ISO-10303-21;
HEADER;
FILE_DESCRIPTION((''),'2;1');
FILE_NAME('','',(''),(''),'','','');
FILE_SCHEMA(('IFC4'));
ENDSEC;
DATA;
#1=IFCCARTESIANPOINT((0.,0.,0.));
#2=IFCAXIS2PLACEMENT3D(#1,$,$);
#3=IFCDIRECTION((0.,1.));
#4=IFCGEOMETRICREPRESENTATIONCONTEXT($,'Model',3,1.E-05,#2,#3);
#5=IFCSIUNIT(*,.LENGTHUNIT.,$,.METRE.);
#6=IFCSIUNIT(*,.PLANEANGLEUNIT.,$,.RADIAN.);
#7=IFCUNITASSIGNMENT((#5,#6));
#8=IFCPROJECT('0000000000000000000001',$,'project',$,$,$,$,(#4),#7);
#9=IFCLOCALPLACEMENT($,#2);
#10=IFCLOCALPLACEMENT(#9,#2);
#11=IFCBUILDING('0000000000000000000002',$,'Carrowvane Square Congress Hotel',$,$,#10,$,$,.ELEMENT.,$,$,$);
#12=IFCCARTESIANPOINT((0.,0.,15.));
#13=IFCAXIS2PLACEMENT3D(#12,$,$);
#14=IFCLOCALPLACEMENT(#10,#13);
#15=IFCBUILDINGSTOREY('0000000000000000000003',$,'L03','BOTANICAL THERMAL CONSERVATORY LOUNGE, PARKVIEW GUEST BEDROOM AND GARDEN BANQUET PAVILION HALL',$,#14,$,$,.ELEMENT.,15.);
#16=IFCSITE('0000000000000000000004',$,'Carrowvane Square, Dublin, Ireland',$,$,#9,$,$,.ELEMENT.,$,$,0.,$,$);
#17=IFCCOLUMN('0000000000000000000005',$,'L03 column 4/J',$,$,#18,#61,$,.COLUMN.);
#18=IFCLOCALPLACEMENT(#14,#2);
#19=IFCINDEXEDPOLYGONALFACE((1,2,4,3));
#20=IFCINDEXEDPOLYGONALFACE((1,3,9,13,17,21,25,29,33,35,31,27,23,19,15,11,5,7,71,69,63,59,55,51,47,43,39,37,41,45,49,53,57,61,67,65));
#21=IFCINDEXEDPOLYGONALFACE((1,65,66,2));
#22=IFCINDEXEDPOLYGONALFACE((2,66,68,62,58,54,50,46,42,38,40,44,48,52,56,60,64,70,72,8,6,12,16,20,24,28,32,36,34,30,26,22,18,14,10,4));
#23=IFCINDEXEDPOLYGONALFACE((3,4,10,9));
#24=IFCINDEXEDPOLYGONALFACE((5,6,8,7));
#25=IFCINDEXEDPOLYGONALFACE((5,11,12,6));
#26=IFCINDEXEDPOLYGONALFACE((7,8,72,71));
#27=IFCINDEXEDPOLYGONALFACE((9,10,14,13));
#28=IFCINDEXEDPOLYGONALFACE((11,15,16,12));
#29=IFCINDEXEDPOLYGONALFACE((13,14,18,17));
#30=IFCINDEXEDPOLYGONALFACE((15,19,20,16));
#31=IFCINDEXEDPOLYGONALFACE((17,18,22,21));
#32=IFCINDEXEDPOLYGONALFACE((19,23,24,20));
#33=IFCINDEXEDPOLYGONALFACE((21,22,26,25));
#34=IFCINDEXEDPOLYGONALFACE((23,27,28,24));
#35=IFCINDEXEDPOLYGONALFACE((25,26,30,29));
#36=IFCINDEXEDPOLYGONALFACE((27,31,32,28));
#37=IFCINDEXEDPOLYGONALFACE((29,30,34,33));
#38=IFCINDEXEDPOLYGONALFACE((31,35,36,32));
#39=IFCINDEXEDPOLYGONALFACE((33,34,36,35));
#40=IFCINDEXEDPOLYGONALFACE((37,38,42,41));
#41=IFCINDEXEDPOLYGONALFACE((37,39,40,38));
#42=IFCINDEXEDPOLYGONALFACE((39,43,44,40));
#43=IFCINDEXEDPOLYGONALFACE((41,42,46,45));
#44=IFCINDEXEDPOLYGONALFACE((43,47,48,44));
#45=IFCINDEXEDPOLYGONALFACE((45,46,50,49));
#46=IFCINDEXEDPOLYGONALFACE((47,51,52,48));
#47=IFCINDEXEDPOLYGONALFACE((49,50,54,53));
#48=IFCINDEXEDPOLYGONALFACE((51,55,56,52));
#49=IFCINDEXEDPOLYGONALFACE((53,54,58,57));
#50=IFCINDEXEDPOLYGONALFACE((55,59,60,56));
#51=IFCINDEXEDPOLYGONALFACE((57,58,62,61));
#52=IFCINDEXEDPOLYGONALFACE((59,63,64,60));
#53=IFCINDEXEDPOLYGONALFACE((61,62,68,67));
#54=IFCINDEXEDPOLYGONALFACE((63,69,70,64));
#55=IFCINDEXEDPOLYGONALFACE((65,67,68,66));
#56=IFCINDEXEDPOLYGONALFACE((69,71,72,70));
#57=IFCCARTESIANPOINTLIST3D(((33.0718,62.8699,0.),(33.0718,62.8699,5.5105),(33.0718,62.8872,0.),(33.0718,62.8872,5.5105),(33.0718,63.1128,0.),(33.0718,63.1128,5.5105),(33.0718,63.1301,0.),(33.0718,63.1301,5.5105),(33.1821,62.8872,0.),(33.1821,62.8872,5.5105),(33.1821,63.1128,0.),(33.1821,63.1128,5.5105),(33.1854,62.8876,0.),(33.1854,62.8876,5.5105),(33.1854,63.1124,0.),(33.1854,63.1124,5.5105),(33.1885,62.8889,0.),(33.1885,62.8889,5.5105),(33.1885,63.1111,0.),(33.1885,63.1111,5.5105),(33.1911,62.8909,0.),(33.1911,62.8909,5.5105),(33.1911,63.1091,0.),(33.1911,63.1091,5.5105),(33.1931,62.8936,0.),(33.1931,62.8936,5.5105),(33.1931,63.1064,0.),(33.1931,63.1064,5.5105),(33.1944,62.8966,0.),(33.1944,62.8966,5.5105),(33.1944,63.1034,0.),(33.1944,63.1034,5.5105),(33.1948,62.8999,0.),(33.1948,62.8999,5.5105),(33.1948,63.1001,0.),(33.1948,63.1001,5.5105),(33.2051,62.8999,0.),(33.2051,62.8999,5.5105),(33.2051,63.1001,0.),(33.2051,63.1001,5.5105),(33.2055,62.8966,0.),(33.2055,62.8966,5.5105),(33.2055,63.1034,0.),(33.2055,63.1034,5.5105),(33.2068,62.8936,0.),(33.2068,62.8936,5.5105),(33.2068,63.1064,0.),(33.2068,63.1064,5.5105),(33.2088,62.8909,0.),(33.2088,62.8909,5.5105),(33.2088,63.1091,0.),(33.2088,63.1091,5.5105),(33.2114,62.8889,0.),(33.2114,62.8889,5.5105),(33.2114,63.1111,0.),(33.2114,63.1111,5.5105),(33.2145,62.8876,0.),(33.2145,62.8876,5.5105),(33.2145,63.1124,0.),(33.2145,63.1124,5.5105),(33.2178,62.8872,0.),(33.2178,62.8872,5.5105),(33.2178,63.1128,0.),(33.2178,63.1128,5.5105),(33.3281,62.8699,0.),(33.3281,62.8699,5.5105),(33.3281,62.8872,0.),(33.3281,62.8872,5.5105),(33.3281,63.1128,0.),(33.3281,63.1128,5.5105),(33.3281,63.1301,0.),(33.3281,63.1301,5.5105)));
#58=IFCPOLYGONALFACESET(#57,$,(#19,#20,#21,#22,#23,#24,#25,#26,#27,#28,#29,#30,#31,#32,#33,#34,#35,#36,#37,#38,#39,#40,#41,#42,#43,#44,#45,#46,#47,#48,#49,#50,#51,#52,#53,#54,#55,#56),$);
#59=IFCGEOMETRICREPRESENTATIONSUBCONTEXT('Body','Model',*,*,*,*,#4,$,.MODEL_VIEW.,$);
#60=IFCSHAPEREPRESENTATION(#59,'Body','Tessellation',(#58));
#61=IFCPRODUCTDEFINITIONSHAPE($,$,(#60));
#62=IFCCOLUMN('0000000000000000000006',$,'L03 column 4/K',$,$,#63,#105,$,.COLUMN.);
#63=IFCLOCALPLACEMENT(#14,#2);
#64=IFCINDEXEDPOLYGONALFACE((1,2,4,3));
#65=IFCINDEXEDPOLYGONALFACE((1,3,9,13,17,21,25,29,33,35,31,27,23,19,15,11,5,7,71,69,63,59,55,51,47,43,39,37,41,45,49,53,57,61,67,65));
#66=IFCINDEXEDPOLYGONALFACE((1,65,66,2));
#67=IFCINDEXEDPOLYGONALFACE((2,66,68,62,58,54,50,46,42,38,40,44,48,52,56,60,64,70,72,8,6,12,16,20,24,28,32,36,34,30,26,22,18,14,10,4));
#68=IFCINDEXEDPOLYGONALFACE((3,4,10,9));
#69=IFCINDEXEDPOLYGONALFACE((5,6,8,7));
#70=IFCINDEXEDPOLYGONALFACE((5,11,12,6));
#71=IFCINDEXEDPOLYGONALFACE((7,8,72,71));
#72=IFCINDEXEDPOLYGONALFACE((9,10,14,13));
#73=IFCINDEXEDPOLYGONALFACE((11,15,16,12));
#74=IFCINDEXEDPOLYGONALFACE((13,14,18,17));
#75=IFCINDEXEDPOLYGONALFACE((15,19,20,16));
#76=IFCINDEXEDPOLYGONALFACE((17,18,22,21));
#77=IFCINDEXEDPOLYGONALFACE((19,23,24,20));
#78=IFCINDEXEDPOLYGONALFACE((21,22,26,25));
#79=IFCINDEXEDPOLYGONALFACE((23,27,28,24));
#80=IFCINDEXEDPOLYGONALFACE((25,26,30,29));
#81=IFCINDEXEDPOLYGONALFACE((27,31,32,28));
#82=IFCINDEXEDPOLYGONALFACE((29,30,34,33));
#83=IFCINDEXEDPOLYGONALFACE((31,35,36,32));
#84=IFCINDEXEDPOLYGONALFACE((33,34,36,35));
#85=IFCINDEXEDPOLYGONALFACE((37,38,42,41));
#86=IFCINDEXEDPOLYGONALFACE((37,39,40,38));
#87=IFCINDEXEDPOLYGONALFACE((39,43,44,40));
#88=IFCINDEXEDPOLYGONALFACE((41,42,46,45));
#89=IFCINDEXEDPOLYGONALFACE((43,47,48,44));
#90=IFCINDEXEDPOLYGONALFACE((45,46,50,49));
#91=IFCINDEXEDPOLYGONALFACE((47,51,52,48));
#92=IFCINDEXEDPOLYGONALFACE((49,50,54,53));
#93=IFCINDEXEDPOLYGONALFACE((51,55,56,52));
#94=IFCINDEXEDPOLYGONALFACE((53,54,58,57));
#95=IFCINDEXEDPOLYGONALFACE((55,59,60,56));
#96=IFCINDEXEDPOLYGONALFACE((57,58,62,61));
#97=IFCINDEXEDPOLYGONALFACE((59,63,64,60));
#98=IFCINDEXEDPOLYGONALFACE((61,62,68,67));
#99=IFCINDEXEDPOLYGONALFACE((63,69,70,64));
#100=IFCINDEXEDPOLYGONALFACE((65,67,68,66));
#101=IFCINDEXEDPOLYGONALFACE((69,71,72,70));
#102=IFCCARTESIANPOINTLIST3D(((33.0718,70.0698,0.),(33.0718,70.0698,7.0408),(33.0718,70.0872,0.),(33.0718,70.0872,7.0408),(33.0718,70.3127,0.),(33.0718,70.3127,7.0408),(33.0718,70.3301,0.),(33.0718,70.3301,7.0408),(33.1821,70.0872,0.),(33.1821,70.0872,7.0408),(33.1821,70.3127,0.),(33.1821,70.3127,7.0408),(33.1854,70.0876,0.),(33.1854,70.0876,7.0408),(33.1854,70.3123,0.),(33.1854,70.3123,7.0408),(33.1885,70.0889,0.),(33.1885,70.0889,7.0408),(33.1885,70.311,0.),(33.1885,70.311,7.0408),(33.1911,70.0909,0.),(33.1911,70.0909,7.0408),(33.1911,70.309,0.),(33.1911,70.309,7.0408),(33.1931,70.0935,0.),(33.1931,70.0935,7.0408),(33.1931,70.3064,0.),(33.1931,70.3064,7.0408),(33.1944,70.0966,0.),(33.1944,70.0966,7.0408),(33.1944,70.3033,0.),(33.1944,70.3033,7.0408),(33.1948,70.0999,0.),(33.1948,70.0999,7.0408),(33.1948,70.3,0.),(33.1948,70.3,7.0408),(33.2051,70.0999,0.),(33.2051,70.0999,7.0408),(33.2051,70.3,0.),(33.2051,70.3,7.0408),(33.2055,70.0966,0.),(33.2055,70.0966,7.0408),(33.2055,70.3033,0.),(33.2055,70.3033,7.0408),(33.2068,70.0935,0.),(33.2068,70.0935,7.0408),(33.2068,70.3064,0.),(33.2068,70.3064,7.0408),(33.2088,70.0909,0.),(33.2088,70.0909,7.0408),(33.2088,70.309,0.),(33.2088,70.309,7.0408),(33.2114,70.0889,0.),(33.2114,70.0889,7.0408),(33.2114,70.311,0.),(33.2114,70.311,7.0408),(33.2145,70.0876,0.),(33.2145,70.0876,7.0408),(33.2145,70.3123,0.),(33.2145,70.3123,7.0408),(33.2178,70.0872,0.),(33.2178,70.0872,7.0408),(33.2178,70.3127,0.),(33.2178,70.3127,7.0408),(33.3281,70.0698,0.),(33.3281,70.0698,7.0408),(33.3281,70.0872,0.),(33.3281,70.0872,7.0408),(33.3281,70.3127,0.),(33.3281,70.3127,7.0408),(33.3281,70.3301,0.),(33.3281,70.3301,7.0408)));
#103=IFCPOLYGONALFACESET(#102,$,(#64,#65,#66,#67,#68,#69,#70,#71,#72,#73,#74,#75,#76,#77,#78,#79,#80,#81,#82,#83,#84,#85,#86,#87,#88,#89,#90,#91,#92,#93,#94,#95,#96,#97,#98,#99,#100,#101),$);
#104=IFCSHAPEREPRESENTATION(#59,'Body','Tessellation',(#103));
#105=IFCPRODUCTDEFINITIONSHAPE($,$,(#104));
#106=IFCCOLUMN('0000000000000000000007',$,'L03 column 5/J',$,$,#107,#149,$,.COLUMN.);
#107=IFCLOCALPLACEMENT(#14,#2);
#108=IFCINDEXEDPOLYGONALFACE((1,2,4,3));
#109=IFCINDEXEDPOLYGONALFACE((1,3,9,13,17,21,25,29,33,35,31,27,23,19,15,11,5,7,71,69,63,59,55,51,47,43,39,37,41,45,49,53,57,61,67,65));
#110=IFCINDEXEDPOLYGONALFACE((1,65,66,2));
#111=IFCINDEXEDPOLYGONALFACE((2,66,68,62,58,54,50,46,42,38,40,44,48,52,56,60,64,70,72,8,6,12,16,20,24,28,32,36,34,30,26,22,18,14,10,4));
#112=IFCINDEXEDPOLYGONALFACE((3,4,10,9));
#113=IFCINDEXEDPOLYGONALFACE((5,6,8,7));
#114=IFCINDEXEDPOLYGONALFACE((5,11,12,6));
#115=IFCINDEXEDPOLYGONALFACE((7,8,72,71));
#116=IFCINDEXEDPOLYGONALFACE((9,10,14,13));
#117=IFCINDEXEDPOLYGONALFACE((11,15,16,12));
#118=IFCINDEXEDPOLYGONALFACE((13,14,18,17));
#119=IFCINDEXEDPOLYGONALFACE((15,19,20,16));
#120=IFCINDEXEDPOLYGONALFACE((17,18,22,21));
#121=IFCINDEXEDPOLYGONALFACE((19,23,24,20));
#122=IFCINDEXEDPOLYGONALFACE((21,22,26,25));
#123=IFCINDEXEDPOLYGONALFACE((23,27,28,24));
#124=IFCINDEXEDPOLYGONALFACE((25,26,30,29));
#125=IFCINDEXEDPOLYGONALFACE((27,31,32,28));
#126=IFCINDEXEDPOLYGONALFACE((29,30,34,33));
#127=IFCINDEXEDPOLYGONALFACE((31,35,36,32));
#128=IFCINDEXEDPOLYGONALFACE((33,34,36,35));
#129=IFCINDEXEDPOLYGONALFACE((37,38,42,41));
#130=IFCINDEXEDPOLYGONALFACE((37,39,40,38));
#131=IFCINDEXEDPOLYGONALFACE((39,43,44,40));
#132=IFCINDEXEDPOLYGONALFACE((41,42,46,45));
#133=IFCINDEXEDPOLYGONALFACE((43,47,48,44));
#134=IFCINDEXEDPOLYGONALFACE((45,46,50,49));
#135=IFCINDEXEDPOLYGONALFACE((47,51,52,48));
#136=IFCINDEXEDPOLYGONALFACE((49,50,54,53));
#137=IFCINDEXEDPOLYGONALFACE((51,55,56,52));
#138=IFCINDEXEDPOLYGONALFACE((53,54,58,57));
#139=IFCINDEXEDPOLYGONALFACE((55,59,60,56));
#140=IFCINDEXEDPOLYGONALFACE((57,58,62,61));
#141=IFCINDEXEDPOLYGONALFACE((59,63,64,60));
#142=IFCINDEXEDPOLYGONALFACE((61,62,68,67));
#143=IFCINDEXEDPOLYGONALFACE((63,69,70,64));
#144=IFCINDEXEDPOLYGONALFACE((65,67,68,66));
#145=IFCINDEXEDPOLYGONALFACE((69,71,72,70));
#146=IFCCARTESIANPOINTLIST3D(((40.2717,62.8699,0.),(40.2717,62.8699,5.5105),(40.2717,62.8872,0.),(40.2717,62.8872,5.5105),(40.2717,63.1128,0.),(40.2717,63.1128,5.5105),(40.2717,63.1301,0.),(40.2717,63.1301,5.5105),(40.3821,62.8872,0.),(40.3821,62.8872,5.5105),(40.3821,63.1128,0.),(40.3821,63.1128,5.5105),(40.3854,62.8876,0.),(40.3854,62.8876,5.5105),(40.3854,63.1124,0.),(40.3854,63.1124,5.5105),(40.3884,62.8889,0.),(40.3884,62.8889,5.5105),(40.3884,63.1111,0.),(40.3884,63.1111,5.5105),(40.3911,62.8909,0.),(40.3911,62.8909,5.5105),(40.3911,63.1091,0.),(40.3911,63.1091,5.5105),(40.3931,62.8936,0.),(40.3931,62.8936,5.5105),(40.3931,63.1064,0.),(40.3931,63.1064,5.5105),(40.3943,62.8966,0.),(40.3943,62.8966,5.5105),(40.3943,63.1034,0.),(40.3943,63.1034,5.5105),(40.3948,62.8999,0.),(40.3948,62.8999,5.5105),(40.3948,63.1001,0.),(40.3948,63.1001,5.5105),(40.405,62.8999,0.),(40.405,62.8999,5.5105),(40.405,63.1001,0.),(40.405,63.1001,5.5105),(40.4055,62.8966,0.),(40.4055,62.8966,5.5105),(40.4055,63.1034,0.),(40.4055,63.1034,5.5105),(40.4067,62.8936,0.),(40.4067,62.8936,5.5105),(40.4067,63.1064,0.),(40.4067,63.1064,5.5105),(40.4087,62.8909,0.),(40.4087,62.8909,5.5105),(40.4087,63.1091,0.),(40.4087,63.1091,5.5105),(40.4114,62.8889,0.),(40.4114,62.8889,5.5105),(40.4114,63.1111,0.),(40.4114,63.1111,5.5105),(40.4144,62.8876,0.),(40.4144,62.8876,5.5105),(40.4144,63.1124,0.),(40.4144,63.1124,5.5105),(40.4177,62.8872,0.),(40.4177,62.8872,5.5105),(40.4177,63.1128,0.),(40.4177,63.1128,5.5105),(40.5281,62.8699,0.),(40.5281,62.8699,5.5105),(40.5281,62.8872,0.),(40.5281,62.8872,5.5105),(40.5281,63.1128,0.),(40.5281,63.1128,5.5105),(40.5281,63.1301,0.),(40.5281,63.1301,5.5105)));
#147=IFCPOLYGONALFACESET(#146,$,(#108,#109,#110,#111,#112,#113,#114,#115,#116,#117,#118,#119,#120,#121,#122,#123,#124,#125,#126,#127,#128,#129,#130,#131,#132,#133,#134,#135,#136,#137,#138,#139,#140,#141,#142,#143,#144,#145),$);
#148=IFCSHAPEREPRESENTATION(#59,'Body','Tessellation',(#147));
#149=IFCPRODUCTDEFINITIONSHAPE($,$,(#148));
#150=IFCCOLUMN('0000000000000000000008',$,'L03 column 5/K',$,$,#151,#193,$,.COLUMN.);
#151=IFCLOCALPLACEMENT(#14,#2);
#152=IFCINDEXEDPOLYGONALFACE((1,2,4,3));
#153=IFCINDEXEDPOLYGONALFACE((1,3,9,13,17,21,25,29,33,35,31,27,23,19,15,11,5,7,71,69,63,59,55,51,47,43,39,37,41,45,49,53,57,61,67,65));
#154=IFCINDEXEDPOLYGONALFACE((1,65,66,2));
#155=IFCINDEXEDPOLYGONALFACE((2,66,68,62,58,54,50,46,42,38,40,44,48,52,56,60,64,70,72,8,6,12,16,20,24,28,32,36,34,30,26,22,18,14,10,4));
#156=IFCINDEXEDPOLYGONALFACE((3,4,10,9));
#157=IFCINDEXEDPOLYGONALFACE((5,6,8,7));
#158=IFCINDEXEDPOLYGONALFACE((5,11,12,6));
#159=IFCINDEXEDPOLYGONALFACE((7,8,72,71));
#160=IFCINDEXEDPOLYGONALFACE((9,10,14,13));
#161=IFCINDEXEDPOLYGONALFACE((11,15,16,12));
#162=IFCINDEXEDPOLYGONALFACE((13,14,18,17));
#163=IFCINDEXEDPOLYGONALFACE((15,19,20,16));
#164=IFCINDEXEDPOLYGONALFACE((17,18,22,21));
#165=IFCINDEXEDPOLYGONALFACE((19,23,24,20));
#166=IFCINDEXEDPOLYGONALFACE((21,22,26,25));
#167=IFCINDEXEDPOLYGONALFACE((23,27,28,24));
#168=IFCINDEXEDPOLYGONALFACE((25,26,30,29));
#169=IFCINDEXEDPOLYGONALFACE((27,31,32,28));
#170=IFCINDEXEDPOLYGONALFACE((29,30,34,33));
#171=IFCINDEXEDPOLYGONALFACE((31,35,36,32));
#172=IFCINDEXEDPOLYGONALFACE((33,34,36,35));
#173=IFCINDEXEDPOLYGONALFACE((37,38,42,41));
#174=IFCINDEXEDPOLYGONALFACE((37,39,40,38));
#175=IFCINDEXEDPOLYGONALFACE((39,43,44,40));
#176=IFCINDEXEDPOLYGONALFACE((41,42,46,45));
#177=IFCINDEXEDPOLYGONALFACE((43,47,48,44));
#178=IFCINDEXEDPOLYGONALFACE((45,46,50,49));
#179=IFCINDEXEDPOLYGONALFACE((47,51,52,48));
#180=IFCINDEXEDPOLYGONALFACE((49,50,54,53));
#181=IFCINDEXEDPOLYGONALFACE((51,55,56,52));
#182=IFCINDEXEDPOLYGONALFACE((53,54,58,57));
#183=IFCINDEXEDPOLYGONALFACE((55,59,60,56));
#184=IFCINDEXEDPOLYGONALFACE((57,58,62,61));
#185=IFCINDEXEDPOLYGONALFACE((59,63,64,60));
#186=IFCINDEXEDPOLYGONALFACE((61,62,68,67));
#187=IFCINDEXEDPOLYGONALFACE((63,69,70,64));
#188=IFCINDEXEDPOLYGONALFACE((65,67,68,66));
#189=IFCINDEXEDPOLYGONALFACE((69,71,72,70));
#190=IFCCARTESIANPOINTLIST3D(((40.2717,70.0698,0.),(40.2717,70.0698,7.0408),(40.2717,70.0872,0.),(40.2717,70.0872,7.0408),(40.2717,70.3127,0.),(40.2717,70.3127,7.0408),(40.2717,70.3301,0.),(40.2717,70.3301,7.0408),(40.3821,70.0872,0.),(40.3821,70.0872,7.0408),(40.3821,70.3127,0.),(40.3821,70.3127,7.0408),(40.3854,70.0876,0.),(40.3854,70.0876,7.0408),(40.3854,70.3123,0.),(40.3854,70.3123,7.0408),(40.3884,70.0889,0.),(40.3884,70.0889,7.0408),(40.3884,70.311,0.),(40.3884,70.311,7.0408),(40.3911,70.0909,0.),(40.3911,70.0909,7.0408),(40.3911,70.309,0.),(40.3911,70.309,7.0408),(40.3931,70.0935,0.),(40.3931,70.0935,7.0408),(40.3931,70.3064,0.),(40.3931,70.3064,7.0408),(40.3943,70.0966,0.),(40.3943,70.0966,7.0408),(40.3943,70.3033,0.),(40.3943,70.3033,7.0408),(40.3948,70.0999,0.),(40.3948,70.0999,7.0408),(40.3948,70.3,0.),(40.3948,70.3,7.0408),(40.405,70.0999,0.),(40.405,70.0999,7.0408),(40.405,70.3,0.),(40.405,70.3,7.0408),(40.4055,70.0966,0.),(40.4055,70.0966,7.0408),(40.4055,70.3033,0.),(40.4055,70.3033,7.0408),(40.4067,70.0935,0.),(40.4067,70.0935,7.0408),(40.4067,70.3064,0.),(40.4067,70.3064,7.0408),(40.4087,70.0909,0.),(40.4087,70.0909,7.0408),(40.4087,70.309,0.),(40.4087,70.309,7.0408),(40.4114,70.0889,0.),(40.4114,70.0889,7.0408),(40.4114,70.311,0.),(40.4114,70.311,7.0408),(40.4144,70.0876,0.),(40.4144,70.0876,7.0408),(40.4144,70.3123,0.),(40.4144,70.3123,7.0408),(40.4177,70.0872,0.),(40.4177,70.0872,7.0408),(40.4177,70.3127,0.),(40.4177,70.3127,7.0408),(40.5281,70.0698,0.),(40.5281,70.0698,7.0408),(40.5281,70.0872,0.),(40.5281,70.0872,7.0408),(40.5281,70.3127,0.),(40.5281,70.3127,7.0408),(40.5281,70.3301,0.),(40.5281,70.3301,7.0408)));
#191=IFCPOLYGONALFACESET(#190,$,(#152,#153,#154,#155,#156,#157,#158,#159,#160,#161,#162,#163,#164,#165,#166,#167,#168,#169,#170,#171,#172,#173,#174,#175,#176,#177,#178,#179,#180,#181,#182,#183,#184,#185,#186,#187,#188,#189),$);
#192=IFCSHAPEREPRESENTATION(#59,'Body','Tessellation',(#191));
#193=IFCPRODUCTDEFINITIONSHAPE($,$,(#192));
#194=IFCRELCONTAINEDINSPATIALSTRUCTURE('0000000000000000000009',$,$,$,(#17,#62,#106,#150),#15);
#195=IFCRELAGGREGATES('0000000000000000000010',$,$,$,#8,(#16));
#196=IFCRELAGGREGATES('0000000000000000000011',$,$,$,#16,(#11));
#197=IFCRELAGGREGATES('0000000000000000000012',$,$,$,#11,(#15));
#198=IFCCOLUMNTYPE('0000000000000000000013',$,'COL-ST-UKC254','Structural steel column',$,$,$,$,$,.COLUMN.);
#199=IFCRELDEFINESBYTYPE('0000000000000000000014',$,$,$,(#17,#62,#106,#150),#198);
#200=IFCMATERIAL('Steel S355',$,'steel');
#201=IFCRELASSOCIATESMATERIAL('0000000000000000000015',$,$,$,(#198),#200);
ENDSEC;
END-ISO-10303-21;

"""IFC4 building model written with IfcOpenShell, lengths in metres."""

from ifc_helpers import new_model, si_unit, direction, frame, origin, origin_2d, place, context, subcontext, project, spatial, i_section, extrude, material, material_profile, profile_set, type_object, element, save


model = new_model("IFC4")

# Units and contexts
model_context = context("Model", 3, precision=1e-05, world=origin(), true_north=direction((0.0, 1.0)))
body_context = subcontext(model_context, "Body", "Model", "MODEL_VIEW")
ifc_project = project(units=[si_unit("LENGTHUNIT", "METRE"), si_unit("PLANEANGLEUNIT", "RADIAN")], contexts=[model_context])

# Site, building, storey
site_placement = place(None, origin())
site = spatial("IfcSite", under=ifc_project, at=site_placement, Name="Carrowvane Square, Dublin, Ireland", CompositionType="ELEMENT", RefElevation=0.0)
building_placement = place(site_placement, origin())
building = spatial("IfcBuilding", under=site, at=building_placement, Name="Carrowvane Square Congress Hotel", CompositionType="ELEMENT")
storey_placement = place(building_placement, frame((0.0, 0.0, 15.0)))
storey = spatial("IfcBuildingStorey", under=building, at=storey_placement, Name="L03", Description="BOTANICAL THERMAL CONSERVATORY LOUNGE, PARKVIEW GUEST BEDROOM AND GARDEN BANQUET PAVILION HALL", CompositionType="ELEMENT", Elevation=15.0)

# Columns
ifc_material_1 = material(Name="Steel S355", Category="steel")
ifc_material_profile_1 = material_profile(ifc_material_1, i_section(OverallWidth=0.2563, OverallDepth=0.2603, WebThickness=0.0103, FlangeThickness=0.0173, FilletRadius=0.0127, at=origin_2d()), Name="UKC 254x254x89")
ifc_profile_set_1 = profile_set([ifc_material_profile_1], Name="Steel S355")
column_type = type_object("IfcColumnType", Name="COL-ST-UKC254", Description="Structural steel column", PredefinedType="COLUMN", material=ifc_profile_set_1)
column_1_placement = place(storey_placement, frame((33.2, 63.0, 0.0), z_axis=(0.0, 0.0, 1.0), x_axis=(1.0, 0.0, 0.0)))
element("IfcColumn", 1, at=column_1_placement, inside=storey, type_object=column_type, Name="L03 column 4/J", PredefinedType="COLUMN", context=body_context, shape_type="SweptSolid", body=[
    extrude(i_section(OverallWidth=0.2563, OverallDepth=0.2603, WebThickness=0.0103, FlangeThickness=0.0173, FilletRadius=0.0127, at=origin_2d()), origin(), (0.0, 0.0, 1.0), 5.5105),
])
column_2_placement = place(storey_placement, frame((33.2, 70.2, 0.0), z_axis=(0.0, 0.0, 1.0), x_axis=(1.0, 0.0, 0.0)))
element("IfcColumn", 2, at=column_2_placement, inside=storey, type_object=column_type, Name="L03 column 4/K", PredefinedType="COLUMN", context=body_context, shape_type="SweptSolid", body=[
    extrude(i_section(OverallWidth=0.2563, OverallDepth=0.2603, WebThickness=0.0103, FlangeThickness=0.0173, FilletRadius=0.0127, at=origin_2d()), origin(), (0.0, 0.0, 1.0), 7.0408),
])
column_3_placement = place(storey_placement, frame((40.3999, 63.0, 0.0), z_axis=(0.0, 0.0, 1.0), x_axis=(1.0, 0.0, 0.0)))
element("IfcColumn", 3, at=column_3_placement, inside=storey, type_object=column_type, Name="L03 column 5/J", PredefinedType="COLUMN", context=body_context, shape_type="SweptSolid", body=[
    extrude(i_section(OverallWidth=0.2563, OverallDepth=0.2603, WebThickness=0.0103, FlangeThickness=0.0173, FilletRadius=0.0127, at=origin_2d()), origin(), (0.0, 0.0, 1.0), 5.5105),
])
column_4_placement = place(storey_placement, frame((40.3999, 70.2, 0.0), z_axis=(0.0, 0.0, 1.0), x_axis=(1.0, 0.0, 0.0)))
element("IfcColumn", 4, at=column_4_placement, inside=storey, type_object=column_type, Name="L03 column 5/K", PredefinedType="COLUMN", context=body_context, shape_type="SweptSolid", body=[
    extrude(i_section(OverallWidth=0.2563, OverallDepth=0.2603, WebThickness=0.0103, FlangeThickness=0.0173, FilletRadius=0.0127, at=origin_2d()), origin(), (0.0, 0.0, 1.0), 7.0408),
])

save(model, "model.ifc")
